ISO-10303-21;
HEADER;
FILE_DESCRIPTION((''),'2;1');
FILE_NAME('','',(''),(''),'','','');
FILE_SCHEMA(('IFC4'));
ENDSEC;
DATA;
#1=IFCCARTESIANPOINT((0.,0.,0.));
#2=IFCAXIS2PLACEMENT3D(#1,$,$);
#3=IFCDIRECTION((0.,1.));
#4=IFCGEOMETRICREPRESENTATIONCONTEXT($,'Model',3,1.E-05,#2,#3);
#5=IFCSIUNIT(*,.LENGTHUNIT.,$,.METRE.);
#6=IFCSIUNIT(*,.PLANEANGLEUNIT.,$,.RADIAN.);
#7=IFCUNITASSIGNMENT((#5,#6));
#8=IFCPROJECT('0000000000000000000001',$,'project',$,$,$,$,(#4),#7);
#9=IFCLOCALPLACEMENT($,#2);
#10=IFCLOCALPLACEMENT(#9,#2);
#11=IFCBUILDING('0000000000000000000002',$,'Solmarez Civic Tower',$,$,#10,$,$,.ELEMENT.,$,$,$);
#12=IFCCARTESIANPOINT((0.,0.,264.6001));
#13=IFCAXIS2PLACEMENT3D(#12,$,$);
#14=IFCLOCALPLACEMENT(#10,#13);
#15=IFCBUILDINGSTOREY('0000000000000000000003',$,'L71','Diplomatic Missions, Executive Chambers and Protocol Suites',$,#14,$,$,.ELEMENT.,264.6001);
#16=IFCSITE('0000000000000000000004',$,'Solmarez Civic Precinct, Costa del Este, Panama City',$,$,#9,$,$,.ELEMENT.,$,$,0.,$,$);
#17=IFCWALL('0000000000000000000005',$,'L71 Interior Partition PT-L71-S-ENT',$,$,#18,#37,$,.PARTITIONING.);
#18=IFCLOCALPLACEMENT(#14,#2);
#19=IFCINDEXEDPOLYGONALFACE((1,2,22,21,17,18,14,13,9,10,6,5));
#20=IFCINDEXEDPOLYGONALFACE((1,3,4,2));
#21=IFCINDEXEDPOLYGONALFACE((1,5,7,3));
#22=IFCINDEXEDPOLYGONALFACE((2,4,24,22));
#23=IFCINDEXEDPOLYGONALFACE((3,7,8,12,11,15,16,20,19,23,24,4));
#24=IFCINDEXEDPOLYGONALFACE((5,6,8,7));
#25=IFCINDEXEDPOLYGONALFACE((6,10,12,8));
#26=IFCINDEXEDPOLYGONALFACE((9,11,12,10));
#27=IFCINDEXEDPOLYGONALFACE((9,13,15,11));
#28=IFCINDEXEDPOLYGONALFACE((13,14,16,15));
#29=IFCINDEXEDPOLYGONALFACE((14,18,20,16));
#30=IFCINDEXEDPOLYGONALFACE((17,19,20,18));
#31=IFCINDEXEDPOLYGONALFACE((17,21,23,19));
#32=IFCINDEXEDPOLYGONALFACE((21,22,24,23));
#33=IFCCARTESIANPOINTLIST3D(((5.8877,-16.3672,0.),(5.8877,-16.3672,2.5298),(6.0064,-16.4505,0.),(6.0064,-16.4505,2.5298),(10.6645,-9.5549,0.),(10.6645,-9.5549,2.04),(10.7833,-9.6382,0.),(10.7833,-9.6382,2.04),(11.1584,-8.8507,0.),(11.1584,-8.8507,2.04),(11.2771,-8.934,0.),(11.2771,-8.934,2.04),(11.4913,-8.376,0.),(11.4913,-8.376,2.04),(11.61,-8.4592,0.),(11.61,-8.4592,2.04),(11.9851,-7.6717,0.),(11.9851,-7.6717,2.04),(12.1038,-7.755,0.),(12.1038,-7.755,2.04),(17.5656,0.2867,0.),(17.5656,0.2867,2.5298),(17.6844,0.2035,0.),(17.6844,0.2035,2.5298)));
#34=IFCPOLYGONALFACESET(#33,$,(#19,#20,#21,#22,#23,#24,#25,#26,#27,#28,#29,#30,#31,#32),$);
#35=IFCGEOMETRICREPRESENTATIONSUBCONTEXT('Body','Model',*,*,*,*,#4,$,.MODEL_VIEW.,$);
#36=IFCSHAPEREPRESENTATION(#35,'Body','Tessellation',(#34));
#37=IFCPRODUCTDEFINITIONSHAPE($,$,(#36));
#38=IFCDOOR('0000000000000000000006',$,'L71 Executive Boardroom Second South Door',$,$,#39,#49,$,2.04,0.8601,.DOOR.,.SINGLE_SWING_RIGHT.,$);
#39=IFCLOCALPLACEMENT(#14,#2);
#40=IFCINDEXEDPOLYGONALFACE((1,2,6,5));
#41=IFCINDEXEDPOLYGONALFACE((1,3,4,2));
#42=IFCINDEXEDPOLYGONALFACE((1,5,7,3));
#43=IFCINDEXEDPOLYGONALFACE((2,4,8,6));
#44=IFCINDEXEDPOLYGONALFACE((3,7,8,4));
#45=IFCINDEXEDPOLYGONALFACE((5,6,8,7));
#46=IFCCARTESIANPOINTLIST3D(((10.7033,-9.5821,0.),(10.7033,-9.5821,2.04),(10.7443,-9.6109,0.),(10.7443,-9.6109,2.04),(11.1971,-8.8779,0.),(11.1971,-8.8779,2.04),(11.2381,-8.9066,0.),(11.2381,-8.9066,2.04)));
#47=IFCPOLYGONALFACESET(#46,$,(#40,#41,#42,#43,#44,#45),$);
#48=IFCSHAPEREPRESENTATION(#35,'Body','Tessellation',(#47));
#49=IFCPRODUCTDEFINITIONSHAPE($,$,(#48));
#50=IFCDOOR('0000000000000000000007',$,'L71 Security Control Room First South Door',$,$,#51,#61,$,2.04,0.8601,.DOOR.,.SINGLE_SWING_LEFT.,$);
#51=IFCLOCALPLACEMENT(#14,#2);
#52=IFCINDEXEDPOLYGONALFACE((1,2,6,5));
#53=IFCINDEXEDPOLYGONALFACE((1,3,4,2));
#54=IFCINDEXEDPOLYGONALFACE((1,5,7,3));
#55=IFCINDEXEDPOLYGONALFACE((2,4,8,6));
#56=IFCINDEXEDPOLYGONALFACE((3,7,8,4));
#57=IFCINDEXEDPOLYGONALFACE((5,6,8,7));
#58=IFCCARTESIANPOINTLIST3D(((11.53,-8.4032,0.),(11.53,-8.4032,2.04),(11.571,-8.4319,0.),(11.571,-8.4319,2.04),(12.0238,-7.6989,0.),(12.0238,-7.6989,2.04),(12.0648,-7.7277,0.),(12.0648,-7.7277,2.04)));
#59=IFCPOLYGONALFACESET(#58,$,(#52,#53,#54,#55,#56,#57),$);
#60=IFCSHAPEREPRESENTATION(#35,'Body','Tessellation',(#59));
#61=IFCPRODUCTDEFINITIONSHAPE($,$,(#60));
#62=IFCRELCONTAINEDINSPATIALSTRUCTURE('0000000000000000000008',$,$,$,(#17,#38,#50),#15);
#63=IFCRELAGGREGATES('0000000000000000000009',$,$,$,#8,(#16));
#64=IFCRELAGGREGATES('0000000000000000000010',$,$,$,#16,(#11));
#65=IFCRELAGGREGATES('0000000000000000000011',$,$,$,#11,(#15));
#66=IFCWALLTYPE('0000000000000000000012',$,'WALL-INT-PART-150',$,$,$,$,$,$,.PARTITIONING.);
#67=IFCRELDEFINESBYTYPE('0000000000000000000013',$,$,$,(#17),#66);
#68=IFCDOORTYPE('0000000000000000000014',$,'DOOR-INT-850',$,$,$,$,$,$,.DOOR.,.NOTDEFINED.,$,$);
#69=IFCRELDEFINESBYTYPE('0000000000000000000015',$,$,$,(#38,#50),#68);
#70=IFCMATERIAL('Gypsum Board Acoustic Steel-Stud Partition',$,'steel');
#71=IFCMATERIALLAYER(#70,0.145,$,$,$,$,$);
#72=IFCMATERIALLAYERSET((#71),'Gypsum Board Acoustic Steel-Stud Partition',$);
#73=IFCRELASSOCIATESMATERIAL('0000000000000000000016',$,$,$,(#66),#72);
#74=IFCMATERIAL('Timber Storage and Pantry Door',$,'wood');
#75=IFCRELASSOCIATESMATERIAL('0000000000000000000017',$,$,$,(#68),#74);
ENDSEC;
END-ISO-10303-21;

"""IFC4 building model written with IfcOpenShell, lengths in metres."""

from ifc_helpers import new_model, si_unit, direction, frame, frame_2d, origin, place, context, subcontext, project, spatial, rectangle, extrude, material, layer, layer_set, type_object, element, fill, save


model = new_model("IFC4")

# Units and contexts
model_context = context("Model", 3, precision=1e-05, world=origin(), true_north=direction((0.0, 1.0)))
body_context = subcontext(model_context, "Body", "Model", "MODEL_VIEW")
ifc_project = project(units=[si_unit("LENGTHUNIT", "METRE"), si_unit("PLANEANGLEUNIT", "RADIAN")], contexts=[model_context])

# Site, building, storey
site_placement = place(None, origin())
site = spatial("IfcSite", under=ifc_project, at=site_placement, Name="Solmarez Civic Precinct, Costa del Este, Panama City", CompositionType="ELEMENT", RefElevation=0.0)
building_placement = place(site_placement, origin())
building = spatial("IfcBuilding", under=site, at=building_placement, Name="Solmarez Civic Tower", CompositionType="ELEMENT")
storey_placement = place(building_placement, frame((0.0, 0.0, 264.6001)))
storey = spatial("IfcBuildingStorey", under=building, at=storey_placement, Name="L71", Description="Diplomatic Missions, Executive Chambers and Protocol Suites", CompositionType="ELEMENT", Elevation=264.6001)

# Shared definitions
ifc_material_1 = material(Name="Gypsum Board Acoustic Steel-Stud Partition", Category="steel")
ifc_layer_1 = layer(ifc_material_1, 0.145)
ifc_layer_set_1 = layer_set([ifc_layer_1], Name="Gypsum Board Acoustic Steel-Stud Partition")
wall_type_1 = type_object("IfcWallType", Name="WALL-INT-PART-150", PredefinedType="PARTITIONING", material=ifc_layer_set_1)

# Wall, openings, doors
wall_1_placement = place(storey_placement, frame((17.625, 0.2451, 0.0), z_axis=(0.0, 0.0, 1.0), x_axis=(-0.574127, -0.818766, 0.0)))
wall_1 = element("IfcWall", 1, at=wall_1_placement, inside=storey, type_object=wall_type_1, Name="L71 Interior Partition PT-L71-S-ENT", PredefinedType="PARTITIONING", context=body_context, shape_type="SweptSolid", body=[
    extrude(rectangle(XDim=20.3403, YDim=0.145, at=frame_2d((10.1702, 0.0))), origin(), (0.0, 0.0, 1.0), 2.5298),
])
opening_1_placement = place(wall_1_placement, frame((11.1599, 0.0, 0.0)))
opening_1 = element("IfcOpeningElement", 2, at=opening_1_placement, cuts=wall_1, PredefinedType="OPENING", context=body_context, shape_type="SweptSolid", body=[
    extrude(rectangle(XDim=0.8601, YDim=2.04, at=frame_2d((0.4302, 1.02))), frame((0.0, 0.0825, 0.0), z_axis=(0.0, -1.0, 0.0), x_axis=(1.0, 0.0, 0.0)), (0.0, 0.0, 1.0), 0.165),
])
opening_2_placement = place(wall_1_placement, frame((9.72, 0.0, 0.0)))
opening_2 = element("IfcOpeningElement", 3, at=opening_2_placement, cuts=wall_1, PredefinedType="OPENING", context=body_context, shape_type="SweptSolid", body=[
    extrude(rectangle(XDim=0.8601, YDim=2.04, at=frame_2d((0.4302, 1.02))), frame((0.0, 0.0825, 0.0), z_axis=(0.0, -1.0, 0.0), x_axis=(1.0, 0.0, 0.0)), (0.0, 0.0, 1.0), 0.165),
])
ifc_material_2 = material(Name="Timber Storage and Pantry Door", Category="wood")
door_type_1 = type_object("IfcDoorType", Name="DOOR-INT-850", OperationType="NOTDEFINED", PredefinedType="DOOR", material=ifc_material_2)
door_1_placement = place(opening_1_placement, origin())
door_1 = element("IfcDoor", 4, at=door_1_placement, inside=storey, type_object=door_type_1, Name="L71 Executive Boardroom Second South Door", OperationType="SINGLE_SWING_RIGHT", OverallHeight=2.04, OverallWidth=0.8601, PredefinedType="DOOR", context=body_context, shape_type="SweptSolid", body=[
    extrude(rectangle(XDim=0.8601, YDim=2.04, at=frame_2d((0.4302, 1.02))), frame((0.0, 0.0249, 0.0), z_axis=(0.0, -1.0, 0.0), x_axis=(1.0, 0.0, 0.0)), (0.0, 0.0, 1.0), 0.05),
])
fill(opening_1, door_1)
door_2_placement = place(opening_2_placement, origin())
door_2 = element("IfcDoor", 5, at=door_2_placement, inside=storey, type_object=door_type_1, Name="L71 Security Control Room First South Door", OperationType="SINGLE_SWING_LEFT", OverallHeight=2.04, OverallWidth=0.8601, PredefinedType="DOOR", context=body_context, shape_type="SweptSolid", body=[
    extrude(rectangle(XDim=0.8601, YDim=2.04, at=frame_2d((0.4302, 1.02))), frame((0.0, 0.0249, 0.0), z_axis=(0.0, -1.0, 0.0), x_axis=(1.0, 0.0, 0.0)), (0.0, 0.0, 1.0), 0.05),
])
fill(opening_2, door_2)

save(model, "model.ifc")
